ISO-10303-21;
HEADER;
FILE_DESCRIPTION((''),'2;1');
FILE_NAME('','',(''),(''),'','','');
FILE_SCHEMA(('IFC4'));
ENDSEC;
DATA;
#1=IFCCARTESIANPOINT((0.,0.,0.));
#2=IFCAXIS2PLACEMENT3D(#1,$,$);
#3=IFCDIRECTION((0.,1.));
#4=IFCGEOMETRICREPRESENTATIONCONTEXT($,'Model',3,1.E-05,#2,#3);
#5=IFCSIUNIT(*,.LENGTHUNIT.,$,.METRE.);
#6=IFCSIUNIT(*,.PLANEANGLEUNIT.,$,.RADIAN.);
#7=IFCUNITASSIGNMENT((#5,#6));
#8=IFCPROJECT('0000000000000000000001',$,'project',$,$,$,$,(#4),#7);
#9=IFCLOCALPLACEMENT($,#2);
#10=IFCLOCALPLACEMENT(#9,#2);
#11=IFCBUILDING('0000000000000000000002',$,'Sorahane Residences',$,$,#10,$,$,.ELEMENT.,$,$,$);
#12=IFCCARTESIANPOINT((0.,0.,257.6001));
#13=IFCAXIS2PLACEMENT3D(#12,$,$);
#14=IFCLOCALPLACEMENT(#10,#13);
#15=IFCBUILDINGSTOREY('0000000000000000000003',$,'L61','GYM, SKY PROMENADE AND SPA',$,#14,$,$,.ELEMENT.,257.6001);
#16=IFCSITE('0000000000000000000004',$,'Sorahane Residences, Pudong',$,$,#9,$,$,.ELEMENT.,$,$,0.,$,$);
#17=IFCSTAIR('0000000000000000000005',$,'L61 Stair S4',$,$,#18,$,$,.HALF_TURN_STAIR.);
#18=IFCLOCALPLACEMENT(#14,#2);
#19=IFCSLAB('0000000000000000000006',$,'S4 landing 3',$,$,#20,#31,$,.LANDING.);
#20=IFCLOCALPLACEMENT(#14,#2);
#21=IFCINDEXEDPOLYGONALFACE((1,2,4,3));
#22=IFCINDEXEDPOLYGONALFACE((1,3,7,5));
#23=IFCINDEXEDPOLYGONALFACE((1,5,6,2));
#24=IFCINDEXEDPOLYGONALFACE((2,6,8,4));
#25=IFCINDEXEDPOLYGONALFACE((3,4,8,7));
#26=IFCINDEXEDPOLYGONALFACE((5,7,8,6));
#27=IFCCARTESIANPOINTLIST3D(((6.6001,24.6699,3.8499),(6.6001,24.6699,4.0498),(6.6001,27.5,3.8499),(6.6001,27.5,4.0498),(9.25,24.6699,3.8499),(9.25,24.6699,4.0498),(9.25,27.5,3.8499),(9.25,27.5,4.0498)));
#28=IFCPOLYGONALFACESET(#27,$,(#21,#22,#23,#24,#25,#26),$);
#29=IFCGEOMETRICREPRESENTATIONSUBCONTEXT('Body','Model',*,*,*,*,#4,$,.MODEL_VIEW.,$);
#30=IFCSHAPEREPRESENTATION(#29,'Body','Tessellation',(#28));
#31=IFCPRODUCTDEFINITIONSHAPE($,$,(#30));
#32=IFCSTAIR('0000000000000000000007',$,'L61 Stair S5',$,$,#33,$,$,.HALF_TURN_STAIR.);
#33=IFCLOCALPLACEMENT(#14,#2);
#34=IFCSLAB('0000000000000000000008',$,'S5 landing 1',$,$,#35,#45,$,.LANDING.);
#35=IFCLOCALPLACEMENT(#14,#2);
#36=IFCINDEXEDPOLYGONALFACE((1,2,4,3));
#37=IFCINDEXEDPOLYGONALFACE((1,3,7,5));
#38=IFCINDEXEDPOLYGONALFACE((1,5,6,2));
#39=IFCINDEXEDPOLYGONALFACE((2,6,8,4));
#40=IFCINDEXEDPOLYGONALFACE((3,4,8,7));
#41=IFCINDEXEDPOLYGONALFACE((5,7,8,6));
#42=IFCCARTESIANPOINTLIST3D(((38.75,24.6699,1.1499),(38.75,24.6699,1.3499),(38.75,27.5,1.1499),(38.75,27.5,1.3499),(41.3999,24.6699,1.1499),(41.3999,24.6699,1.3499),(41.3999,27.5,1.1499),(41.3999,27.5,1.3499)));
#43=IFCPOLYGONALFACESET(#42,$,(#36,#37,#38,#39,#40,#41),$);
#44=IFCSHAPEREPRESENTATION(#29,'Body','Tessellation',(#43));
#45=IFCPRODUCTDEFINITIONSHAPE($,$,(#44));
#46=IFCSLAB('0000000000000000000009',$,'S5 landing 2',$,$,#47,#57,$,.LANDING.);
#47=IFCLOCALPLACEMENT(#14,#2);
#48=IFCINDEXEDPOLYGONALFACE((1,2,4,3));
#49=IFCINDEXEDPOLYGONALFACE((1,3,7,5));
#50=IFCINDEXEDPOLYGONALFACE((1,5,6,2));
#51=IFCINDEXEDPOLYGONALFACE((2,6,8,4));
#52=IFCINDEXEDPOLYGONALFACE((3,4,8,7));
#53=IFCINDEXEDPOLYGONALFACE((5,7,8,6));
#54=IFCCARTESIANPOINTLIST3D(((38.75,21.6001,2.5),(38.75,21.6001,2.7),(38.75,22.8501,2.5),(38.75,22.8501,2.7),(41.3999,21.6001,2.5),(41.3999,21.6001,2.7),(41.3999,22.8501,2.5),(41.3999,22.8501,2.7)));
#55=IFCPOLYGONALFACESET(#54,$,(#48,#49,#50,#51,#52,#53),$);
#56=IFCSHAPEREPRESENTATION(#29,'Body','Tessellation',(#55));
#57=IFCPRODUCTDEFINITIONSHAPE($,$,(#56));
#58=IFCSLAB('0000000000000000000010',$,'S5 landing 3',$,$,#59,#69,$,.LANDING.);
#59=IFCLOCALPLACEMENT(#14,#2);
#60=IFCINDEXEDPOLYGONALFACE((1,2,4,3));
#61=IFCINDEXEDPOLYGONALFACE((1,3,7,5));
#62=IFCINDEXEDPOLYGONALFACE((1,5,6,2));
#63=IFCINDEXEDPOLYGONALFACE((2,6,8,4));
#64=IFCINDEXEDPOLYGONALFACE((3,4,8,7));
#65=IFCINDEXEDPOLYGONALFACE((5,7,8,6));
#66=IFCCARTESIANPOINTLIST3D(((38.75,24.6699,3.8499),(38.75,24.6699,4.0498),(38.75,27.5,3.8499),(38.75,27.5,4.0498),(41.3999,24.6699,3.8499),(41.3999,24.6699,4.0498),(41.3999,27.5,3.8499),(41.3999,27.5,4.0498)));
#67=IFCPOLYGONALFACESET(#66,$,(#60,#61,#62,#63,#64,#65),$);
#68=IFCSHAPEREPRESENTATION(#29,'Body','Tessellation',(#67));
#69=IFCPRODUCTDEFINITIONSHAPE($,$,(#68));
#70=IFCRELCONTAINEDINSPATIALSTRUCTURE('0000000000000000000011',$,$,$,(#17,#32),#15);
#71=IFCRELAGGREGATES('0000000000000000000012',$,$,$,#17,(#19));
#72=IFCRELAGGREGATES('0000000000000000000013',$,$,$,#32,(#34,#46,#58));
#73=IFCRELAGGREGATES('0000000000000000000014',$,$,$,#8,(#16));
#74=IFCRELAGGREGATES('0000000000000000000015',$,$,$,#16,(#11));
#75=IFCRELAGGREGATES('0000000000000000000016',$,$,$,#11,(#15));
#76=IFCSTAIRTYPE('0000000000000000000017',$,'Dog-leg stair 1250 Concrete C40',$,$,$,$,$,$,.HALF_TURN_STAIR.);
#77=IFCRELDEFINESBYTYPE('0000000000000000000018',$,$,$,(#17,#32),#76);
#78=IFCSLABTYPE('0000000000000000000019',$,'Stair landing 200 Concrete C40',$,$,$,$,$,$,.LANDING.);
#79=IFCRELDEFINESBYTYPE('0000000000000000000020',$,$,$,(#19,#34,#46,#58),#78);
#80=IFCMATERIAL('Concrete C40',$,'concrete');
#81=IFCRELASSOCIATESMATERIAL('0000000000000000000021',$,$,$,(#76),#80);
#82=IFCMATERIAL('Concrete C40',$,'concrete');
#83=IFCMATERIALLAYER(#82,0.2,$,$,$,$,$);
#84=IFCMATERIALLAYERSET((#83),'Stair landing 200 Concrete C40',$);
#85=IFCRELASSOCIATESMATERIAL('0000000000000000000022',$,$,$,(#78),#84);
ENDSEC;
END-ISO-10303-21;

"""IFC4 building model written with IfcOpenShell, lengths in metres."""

from ifc_helpers import new_model, si_unit, direction, frame, origin, place, context, subcontext, project, spatial, polyline, outline, extrude, material, layer, layer_set, type_object, element, aggregate, save


model = new_model("IFC4")

# Units and contexts
model_context = context("Model", 3, precision=1e-05, world=origin(), true_north=direction((0.0, 1.0)))
body_context = subcontext(model_context, "Body", "Model", "MODEL_VIEW")
ifc_project = project(units=[si_unit("LENGTHUNIT", "METRE"), si_unit("PLANEANGLEUNIT", "RADIAN")], contexts=[model_context])

# Site, building, storey
site_placement = place(None, origin())
site = spatial("IfcSite", under=ifc_project, at=site_placement, Name="Sorahane Residences, Pudong", CompositionType="ELEMENT", RefElevation=0.0)
building_placement = place(site_placement, origin())
building = spatial("IfcBuilding", under=site, at=building_placement, Name="Sorahane Residences", CompositionType="ELEMENT")
storey_placement = place(building_placement, frame((0.0, 0.0, 257.6001)))
storey = spatial("IfcBuildingStorey", under=building, at=storey_placement, Name="L61", Description="GYM, SKY PROMENADE AND SPA", CompositionType="ELEMENT", Elevation=257.6001)

# Shared definitions
ifc_material_1 = material(Name="Concrete C40", Category="concrete")
stair_type = type_object("IfcStairType", Name="Dog-leg stair 1250 Concrete C40", PredefinedType="HALF_TURN_STAIR", material=ifc_material_1)
ifc_material_2 = material(Name="Concrete C40", Category="concrete")
ifc_layer_1 = layer(ifc_material_2, 0.2)
ifc_layer_set_1 = layer_set([ifc_layer_1], Name="Stair landing 200 Concrete C40")
slab_type_1 = type_object("IfcSlabType", Name="Stair landing 200 Concrete C40", PredefinedType="LANDING", material=ifc_layer_set_1)

# Stairs, slabs
stair_1_placement = place(storey_placement, origin())
stair_1 = element("IfcStair", 1, at=stair_1_placement, inside=storey, type_object=stair_type, Name="L61 Stair S4", PredefinedType="HALF_TURN_STAIR")
slab_1_placement = place(storey_placement, frame((0.0, 0.0, 3.8499)))
slab_1 = element("IfcSlab", 2, at=slab_1_placement, type_object=slab_type_1, Name="S4 landing 3", PredefinedType="LANDING", context=body_context, shape_type="SweptSolid", body=[
    extrude(outline(polyline([(9.25, 24.6699), (9.25, 27.5), (6.6001, 27.5), (6.6001, 24.6699), (9.25, 24.6699)])), origin(), (0.0, 0.0, 1.0), 0.2),
])
aggregate(stair_1, [slab_1])
stair_2_placement = place(storey_placement, origin())
stair_2 = element("IfcStair", 3, at=stair_2_placement, inside=storey, type_object=stair_type, Name="L61 Stair S5", PredefinedType="HALF_TURN_STAIR")
slab_2_placement = place(storey_placement, frame((0.0, 0.0, 1.1499)))
slab_2 = element("IfcSlab", 4, at=slab_2_placement, type_object=slab_type_1, Name="S5 landing 1", PredefinedType="LANDING", context=body_context, shape_type="SweptSolid", body=[
    extrude(outline(polyline([(41.3999, 24.6699), (41.3999, 27.5), (38.75, 27.5), (38.75, 24.6699), (41.3999, 24.6699)])), origin(), (0.0, 0.0, 1.0), 0.2),
])
slab_3_placement = place(storey_placement, frame((0.0, 0.0, 2.5)))
slab_3 = element("IfcSlab", 5, at=slab_3_placement, type_object=slab_type_1, Name="S5 landing 2", PredefinedType="LANDING", context=body_context, shape_type="SweptSolid", body=[
    extrude(outline(polyline([(41.3999, 21.6001), (41.3999, 22.8501), (38.75, 22.8501), (38.75, 21.6001), (41.3999, 21.6001)])), origin(), (0.0, 0.0, 1.0), 0.2),
])
slab_4_placement = place(storey_placement, frame((0.0, 0.0, 3.8499)))
slab_4 = element("IfcSlab", 6, at=slab_4_placement, type_object=slab_type_1, Name="S5 landing 3", PredefinedType="LANDING", context=body_context, shape_type="SweptSolid", body=[
    extrude(outline(polyline([(41.3999, 24.6699), (41.3999, 27.5), (38.75, 27.5), (38.75, 24.6699), (41.3999, 24.6699)])), origin(), (0.0, 0.0, 1.0), 0.2),
])
aggregate(stair_2, [slab_2, slab_3, slab_4])

save(model, "model.ifc")
